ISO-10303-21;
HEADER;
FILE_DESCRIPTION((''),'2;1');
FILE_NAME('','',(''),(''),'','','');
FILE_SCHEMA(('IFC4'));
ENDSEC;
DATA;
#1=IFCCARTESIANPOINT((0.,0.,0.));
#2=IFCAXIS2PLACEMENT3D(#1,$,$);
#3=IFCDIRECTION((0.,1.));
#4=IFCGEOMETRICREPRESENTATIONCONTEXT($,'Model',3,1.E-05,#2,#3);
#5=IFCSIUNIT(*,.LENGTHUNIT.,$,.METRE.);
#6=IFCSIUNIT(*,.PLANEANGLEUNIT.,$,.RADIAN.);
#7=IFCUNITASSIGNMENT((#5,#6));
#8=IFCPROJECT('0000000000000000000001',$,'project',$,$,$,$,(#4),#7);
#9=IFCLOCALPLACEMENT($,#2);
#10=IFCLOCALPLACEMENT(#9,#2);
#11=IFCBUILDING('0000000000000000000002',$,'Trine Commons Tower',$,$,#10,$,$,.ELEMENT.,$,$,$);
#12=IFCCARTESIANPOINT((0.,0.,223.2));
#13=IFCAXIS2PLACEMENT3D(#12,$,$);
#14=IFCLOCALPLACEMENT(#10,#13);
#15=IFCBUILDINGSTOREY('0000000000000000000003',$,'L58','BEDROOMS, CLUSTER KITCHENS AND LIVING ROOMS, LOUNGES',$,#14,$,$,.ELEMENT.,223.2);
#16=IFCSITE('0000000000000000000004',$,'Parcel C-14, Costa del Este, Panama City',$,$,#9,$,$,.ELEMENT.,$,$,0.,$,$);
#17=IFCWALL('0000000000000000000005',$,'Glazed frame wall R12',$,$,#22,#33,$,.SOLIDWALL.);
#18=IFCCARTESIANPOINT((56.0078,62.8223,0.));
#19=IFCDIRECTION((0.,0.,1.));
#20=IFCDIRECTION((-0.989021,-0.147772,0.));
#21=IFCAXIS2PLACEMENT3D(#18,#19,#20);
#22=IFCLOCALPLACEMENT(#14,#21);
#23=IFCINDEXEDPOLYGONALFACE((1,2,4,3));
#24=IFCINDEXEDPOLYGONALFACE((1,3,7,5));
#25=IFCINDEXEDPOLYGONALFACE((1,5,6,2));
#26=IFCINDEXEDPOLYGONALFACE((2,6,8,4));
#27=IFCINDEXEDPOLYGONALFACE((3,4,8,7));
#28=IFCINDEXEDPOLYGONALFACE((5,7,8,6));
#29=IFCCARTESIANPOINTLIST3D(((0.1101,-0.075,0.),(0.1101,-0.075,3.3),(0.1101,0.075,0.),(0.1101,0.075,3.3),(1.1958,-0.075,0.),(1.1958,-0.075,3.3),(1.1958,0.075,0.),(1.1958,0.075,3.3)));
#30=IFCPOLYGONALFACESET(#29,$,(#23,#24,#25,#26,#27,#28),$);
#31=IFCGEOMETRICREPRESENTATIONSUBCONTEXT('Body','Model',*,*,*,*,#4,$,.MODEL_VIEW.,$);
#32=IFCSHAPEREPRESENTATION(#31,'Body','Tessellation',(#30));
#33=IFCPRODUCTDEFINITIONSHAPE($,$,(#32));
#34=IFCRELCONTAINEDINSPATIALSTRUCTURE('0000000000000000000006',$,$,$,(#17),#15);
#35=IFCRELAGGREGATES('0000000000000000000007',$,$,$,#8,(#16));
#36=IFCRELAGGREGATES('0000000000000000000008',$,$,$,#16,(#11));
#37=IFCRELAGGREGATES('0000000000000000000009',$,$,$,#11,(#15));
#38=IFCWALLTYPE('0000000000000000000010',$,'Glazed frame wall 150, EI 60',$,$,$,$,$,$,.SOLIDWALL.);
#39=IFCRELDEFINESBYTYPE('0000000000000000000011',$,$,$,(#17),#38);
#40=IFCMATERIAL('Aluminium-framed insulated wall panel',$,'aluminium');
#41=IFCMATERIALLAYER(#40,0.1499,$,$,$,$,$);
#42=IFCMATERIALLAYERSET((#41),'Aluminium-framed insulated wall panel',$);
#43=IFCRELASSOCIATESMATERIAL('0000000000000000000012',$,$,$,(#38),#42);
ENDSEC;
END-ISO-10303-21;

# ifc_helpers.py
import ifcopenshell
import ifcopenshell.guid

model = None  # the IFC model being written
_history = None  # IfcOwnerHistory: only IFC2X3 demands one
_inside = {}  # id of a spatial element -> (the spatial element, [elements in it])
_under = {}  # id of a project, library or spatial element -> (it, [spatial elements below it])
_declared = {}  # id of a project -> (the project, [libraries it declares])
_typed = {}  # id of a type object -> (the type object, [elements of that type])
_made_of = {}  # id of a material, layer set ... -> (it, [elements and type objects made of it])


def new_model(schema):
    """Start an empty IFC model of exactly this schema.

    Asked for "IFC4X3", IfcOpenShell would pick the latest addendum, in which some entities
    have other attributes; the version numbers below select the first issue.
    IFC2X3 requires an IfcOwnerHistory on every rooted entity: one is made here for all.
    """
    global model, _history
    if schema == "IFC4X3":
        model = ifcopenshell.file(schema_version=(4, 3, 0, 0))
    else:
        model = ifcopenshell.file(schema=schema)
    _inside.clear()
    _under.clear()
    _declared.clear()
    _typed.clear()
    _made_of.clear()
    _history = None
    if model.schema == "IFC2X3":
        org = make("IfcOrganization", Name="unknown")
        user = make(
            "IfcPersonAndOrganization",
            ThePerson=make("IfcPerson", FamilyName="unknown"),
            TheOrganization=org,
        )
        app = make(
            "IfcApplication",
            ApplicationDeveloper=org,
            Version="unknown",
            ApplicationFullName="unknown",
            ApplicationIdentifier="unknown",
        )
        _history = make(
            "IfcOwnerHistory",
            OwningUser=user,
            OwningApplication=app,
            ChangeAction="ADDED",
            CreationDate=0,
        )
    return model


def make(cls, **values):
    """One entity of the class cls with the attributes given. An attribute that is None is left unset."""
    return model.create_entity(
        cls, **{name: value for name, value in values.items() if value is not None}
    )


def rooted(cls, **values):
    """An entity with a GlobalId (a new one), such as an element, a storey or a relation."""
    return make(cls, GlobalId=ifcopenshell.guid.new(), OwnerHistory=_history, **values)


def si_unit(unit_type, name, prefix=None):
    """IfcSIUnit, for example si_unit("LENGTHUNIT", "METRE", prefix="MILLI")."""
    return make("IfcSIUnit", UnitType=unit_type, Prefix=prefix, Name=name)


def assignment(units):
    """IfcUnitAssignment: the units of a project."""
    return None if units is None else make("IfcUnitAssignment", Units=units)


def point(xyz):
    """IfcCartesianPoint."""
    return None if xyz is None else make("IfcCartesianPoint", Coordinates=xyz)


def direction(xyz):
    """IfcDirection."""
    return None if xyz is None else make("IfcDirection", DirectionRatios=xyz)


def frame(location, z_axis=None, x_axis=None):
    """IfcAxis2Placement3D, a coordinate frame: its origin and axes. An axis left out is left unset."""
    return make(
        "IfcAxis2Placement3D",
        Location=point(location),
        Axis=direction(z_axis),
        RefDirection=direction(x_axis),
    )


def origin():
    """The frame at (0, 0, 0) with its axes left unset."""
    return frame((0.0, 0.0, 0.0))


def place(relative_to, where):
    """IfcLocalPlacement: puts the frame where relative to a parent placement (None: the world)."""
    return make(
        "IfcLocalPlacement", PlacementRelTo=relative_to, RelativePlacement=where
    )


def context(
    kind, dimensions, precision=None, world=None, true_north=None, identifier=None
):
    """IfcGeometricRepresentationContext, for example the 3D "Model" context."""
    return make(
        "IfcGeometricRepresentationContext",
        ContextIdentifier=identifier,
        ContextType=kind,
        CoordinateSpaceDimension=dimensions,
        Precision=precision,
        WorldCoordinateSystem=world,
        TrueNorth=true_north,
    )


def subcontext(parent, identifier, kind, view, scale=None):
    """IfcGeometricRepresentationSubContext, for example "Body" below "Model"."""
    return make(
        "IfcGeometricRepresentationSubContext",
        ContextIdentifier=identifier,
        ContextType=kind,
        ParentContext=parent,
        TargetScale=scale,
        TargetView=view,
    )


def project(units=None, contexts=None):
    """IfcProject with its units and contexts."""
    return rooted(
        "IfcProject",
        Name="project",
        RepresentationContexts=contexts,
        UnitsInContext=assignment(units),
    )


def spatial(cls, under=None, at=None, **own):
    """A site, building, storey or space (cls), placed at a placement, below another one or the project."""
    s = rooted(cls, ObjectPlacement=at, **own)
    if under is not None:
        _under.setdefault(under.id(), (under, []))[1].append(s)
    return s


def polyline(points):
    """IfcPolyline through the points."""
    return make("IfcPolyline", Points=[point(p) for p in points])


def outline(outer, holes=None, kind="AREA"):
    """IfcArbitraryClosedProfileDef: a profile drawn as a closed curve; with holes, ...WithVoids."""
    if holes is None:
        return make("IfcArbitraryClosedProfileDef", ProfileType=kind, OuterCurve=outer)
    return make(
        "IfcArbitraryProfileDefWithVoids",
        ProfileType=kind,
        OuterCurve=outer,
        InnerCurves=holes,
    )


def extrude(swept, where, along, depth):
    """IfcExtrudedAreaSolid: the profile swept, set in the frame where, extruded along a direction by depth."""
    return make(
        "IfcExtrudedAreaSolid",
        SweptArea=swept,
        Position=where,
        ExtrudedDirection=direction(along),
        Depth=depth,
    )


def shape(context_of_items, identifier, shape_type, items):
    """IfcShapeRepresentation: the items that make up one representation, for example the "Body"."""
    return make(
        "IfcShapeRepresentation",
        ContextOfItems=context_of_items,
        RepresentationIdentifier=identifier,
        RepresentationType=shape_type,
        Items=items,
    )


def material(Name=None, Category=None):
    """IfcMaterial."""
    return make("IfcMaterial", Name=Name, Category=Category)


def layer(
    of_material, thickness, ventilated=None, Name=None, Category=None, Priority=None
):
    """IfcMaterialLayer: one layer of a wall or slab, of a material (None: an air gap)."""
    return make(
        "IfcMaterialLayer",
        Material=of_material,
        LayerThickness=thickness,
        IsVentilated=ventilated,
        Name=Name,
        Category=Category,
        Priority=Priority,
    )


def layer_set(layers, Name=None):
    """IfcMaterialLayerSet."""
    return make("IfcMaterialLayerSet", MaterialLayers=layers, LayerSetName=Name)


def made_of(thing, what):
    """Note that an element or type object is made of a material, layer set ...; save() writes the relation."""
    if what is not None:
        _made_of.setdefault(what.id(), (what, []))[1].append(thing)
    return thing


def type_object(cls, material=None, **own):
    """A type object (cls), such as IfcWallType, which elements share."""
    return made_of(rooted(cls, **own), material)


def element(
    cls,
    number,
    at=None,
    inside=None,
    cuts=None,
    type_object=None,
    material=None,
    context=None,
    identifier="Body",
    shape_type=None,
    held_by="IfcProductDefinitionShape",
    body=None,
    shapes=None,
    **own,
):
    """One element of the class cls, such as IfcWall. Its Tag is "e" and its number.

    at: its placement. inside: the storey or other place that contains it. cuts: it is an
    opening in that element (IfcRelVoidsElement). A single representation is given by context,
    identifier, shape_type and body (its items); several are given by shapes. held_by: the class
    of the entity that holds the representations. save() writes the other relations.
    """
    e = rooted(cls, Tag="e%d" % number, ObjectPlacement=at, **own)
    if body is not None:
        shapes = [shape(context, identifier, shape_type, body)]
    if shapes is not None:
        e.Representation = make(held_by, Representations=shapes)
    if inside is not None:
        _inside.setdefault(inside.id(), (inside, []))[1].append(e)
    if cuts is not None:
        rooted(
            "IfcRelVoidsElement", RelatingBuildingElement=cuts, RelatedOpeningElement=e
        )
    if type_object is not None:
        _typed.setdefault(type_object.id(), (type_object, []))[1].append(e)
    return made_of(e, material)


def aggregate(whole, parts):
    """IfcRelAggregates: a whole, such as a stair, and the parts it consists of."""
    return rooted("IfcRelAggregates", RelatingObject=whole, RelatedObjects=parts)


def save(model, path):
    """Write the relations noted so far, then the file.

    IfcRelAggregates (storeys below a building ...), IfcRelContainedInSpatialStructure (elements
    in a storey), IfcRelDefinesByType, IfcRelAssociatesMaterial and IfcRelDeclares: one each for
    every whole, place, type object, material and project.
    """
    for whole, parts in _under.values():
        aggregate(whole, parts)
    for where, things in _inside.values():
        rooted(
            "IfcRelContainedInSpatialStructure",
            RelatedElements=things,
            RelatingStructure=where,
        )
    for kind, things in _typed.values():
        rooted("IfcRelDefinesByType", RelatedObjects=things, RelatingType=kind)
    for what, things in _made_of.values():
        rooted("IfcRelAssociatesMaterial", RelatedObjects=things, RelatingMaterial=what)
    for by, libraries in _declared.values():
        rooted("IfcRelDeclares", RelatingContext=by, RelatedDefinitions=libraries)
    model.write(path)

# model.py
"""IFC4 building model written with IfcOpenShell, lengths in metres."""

from ifc_helpers import new_model, si_unit, direction, frame, origin, place, context, subcontext, project, spatial, polyline, outline, extrude, material, layer, layer_set, type_object, element, save


model = new_model("IFC4")

# Units and contexts
model_context = context("Model", 3, precision=1e-05, world=origin(), true_north=direction((0.0, 1.0)))
body_context = subcontext(model_context, "Body", "Model", "MODEL_VIEW")
ifc_project = project(units=[si_unit("LENGTHUNIT", "METRE"), si_unit("PLANEANGLEUNIT", "RADIAN")], contexts=[model_context])

# Site, building, storey
site_placement = place(None, origin())
site = spatial("IfcSite", under=ifc_project, at=site_placement, Name="Parcel C-14, Costa del Este, Panama City", CompositionType="ELEMENT", RefElevation=0.0)
building_placement = place(site_placement, origin())
building = spatial("IfcBuilding", under=site, at=building_placement, Name="Trine Commons Tower", CompositionType="ELEMENT")
storey_placement = place(building_placement, frame((0.0, 0.0, 223.2)))
storey = spatial("IfcBuildingStorey", under=building, at=storey_placement, Name="L58", Description="BEDROOMS, CLUSTER KITCHENS AND LIVING ROOMS, LOUNGES", CompositionType="ELEMENT", Elevation=223.2)

# Shared definitions
ifc_material_1 = material(Name="Aluminium-framed insulated wall panel", Category="aluminium")
ifc_layer_1 = layer(ifc_material_1, 0.1499)
ifc_layer_set_1 = layer_set([ifc_layer_1], Name="Aluminium-framed insulated wall panel")
wall_type_1 = type_object("IfcWallType", Name="Glazed frame wall 150, EI 60", PredefinedType="SOLIDWALL", material=ifc_layer_set_1)

# Wall
wall_1_placement = place(storey_placement, frame((56.0078, 62.8223, 0.0), z_axis=(0.0, 0.0, 1.0), x_axis=(-0.989021, -0.147772, 0.0)))
element("IfcWall", 1, at=wall_1_placement, inside=storey, type_object=wall_type_1, Name="Glazed frame wall R12", PredefinedType="SOLIDWALL", context=body_context, shape_type="SweptSolid", body=[
    extrude(outline(polyline([(0.1101, 0.075), (0.1101, -0.075), (1.1958, -0.075), (1.1958, 0.075), (0.1101, 0.075)])), origin(), (0.0, 0.0, 1.0), 3.3),
])

save(model, "model.ifc")
